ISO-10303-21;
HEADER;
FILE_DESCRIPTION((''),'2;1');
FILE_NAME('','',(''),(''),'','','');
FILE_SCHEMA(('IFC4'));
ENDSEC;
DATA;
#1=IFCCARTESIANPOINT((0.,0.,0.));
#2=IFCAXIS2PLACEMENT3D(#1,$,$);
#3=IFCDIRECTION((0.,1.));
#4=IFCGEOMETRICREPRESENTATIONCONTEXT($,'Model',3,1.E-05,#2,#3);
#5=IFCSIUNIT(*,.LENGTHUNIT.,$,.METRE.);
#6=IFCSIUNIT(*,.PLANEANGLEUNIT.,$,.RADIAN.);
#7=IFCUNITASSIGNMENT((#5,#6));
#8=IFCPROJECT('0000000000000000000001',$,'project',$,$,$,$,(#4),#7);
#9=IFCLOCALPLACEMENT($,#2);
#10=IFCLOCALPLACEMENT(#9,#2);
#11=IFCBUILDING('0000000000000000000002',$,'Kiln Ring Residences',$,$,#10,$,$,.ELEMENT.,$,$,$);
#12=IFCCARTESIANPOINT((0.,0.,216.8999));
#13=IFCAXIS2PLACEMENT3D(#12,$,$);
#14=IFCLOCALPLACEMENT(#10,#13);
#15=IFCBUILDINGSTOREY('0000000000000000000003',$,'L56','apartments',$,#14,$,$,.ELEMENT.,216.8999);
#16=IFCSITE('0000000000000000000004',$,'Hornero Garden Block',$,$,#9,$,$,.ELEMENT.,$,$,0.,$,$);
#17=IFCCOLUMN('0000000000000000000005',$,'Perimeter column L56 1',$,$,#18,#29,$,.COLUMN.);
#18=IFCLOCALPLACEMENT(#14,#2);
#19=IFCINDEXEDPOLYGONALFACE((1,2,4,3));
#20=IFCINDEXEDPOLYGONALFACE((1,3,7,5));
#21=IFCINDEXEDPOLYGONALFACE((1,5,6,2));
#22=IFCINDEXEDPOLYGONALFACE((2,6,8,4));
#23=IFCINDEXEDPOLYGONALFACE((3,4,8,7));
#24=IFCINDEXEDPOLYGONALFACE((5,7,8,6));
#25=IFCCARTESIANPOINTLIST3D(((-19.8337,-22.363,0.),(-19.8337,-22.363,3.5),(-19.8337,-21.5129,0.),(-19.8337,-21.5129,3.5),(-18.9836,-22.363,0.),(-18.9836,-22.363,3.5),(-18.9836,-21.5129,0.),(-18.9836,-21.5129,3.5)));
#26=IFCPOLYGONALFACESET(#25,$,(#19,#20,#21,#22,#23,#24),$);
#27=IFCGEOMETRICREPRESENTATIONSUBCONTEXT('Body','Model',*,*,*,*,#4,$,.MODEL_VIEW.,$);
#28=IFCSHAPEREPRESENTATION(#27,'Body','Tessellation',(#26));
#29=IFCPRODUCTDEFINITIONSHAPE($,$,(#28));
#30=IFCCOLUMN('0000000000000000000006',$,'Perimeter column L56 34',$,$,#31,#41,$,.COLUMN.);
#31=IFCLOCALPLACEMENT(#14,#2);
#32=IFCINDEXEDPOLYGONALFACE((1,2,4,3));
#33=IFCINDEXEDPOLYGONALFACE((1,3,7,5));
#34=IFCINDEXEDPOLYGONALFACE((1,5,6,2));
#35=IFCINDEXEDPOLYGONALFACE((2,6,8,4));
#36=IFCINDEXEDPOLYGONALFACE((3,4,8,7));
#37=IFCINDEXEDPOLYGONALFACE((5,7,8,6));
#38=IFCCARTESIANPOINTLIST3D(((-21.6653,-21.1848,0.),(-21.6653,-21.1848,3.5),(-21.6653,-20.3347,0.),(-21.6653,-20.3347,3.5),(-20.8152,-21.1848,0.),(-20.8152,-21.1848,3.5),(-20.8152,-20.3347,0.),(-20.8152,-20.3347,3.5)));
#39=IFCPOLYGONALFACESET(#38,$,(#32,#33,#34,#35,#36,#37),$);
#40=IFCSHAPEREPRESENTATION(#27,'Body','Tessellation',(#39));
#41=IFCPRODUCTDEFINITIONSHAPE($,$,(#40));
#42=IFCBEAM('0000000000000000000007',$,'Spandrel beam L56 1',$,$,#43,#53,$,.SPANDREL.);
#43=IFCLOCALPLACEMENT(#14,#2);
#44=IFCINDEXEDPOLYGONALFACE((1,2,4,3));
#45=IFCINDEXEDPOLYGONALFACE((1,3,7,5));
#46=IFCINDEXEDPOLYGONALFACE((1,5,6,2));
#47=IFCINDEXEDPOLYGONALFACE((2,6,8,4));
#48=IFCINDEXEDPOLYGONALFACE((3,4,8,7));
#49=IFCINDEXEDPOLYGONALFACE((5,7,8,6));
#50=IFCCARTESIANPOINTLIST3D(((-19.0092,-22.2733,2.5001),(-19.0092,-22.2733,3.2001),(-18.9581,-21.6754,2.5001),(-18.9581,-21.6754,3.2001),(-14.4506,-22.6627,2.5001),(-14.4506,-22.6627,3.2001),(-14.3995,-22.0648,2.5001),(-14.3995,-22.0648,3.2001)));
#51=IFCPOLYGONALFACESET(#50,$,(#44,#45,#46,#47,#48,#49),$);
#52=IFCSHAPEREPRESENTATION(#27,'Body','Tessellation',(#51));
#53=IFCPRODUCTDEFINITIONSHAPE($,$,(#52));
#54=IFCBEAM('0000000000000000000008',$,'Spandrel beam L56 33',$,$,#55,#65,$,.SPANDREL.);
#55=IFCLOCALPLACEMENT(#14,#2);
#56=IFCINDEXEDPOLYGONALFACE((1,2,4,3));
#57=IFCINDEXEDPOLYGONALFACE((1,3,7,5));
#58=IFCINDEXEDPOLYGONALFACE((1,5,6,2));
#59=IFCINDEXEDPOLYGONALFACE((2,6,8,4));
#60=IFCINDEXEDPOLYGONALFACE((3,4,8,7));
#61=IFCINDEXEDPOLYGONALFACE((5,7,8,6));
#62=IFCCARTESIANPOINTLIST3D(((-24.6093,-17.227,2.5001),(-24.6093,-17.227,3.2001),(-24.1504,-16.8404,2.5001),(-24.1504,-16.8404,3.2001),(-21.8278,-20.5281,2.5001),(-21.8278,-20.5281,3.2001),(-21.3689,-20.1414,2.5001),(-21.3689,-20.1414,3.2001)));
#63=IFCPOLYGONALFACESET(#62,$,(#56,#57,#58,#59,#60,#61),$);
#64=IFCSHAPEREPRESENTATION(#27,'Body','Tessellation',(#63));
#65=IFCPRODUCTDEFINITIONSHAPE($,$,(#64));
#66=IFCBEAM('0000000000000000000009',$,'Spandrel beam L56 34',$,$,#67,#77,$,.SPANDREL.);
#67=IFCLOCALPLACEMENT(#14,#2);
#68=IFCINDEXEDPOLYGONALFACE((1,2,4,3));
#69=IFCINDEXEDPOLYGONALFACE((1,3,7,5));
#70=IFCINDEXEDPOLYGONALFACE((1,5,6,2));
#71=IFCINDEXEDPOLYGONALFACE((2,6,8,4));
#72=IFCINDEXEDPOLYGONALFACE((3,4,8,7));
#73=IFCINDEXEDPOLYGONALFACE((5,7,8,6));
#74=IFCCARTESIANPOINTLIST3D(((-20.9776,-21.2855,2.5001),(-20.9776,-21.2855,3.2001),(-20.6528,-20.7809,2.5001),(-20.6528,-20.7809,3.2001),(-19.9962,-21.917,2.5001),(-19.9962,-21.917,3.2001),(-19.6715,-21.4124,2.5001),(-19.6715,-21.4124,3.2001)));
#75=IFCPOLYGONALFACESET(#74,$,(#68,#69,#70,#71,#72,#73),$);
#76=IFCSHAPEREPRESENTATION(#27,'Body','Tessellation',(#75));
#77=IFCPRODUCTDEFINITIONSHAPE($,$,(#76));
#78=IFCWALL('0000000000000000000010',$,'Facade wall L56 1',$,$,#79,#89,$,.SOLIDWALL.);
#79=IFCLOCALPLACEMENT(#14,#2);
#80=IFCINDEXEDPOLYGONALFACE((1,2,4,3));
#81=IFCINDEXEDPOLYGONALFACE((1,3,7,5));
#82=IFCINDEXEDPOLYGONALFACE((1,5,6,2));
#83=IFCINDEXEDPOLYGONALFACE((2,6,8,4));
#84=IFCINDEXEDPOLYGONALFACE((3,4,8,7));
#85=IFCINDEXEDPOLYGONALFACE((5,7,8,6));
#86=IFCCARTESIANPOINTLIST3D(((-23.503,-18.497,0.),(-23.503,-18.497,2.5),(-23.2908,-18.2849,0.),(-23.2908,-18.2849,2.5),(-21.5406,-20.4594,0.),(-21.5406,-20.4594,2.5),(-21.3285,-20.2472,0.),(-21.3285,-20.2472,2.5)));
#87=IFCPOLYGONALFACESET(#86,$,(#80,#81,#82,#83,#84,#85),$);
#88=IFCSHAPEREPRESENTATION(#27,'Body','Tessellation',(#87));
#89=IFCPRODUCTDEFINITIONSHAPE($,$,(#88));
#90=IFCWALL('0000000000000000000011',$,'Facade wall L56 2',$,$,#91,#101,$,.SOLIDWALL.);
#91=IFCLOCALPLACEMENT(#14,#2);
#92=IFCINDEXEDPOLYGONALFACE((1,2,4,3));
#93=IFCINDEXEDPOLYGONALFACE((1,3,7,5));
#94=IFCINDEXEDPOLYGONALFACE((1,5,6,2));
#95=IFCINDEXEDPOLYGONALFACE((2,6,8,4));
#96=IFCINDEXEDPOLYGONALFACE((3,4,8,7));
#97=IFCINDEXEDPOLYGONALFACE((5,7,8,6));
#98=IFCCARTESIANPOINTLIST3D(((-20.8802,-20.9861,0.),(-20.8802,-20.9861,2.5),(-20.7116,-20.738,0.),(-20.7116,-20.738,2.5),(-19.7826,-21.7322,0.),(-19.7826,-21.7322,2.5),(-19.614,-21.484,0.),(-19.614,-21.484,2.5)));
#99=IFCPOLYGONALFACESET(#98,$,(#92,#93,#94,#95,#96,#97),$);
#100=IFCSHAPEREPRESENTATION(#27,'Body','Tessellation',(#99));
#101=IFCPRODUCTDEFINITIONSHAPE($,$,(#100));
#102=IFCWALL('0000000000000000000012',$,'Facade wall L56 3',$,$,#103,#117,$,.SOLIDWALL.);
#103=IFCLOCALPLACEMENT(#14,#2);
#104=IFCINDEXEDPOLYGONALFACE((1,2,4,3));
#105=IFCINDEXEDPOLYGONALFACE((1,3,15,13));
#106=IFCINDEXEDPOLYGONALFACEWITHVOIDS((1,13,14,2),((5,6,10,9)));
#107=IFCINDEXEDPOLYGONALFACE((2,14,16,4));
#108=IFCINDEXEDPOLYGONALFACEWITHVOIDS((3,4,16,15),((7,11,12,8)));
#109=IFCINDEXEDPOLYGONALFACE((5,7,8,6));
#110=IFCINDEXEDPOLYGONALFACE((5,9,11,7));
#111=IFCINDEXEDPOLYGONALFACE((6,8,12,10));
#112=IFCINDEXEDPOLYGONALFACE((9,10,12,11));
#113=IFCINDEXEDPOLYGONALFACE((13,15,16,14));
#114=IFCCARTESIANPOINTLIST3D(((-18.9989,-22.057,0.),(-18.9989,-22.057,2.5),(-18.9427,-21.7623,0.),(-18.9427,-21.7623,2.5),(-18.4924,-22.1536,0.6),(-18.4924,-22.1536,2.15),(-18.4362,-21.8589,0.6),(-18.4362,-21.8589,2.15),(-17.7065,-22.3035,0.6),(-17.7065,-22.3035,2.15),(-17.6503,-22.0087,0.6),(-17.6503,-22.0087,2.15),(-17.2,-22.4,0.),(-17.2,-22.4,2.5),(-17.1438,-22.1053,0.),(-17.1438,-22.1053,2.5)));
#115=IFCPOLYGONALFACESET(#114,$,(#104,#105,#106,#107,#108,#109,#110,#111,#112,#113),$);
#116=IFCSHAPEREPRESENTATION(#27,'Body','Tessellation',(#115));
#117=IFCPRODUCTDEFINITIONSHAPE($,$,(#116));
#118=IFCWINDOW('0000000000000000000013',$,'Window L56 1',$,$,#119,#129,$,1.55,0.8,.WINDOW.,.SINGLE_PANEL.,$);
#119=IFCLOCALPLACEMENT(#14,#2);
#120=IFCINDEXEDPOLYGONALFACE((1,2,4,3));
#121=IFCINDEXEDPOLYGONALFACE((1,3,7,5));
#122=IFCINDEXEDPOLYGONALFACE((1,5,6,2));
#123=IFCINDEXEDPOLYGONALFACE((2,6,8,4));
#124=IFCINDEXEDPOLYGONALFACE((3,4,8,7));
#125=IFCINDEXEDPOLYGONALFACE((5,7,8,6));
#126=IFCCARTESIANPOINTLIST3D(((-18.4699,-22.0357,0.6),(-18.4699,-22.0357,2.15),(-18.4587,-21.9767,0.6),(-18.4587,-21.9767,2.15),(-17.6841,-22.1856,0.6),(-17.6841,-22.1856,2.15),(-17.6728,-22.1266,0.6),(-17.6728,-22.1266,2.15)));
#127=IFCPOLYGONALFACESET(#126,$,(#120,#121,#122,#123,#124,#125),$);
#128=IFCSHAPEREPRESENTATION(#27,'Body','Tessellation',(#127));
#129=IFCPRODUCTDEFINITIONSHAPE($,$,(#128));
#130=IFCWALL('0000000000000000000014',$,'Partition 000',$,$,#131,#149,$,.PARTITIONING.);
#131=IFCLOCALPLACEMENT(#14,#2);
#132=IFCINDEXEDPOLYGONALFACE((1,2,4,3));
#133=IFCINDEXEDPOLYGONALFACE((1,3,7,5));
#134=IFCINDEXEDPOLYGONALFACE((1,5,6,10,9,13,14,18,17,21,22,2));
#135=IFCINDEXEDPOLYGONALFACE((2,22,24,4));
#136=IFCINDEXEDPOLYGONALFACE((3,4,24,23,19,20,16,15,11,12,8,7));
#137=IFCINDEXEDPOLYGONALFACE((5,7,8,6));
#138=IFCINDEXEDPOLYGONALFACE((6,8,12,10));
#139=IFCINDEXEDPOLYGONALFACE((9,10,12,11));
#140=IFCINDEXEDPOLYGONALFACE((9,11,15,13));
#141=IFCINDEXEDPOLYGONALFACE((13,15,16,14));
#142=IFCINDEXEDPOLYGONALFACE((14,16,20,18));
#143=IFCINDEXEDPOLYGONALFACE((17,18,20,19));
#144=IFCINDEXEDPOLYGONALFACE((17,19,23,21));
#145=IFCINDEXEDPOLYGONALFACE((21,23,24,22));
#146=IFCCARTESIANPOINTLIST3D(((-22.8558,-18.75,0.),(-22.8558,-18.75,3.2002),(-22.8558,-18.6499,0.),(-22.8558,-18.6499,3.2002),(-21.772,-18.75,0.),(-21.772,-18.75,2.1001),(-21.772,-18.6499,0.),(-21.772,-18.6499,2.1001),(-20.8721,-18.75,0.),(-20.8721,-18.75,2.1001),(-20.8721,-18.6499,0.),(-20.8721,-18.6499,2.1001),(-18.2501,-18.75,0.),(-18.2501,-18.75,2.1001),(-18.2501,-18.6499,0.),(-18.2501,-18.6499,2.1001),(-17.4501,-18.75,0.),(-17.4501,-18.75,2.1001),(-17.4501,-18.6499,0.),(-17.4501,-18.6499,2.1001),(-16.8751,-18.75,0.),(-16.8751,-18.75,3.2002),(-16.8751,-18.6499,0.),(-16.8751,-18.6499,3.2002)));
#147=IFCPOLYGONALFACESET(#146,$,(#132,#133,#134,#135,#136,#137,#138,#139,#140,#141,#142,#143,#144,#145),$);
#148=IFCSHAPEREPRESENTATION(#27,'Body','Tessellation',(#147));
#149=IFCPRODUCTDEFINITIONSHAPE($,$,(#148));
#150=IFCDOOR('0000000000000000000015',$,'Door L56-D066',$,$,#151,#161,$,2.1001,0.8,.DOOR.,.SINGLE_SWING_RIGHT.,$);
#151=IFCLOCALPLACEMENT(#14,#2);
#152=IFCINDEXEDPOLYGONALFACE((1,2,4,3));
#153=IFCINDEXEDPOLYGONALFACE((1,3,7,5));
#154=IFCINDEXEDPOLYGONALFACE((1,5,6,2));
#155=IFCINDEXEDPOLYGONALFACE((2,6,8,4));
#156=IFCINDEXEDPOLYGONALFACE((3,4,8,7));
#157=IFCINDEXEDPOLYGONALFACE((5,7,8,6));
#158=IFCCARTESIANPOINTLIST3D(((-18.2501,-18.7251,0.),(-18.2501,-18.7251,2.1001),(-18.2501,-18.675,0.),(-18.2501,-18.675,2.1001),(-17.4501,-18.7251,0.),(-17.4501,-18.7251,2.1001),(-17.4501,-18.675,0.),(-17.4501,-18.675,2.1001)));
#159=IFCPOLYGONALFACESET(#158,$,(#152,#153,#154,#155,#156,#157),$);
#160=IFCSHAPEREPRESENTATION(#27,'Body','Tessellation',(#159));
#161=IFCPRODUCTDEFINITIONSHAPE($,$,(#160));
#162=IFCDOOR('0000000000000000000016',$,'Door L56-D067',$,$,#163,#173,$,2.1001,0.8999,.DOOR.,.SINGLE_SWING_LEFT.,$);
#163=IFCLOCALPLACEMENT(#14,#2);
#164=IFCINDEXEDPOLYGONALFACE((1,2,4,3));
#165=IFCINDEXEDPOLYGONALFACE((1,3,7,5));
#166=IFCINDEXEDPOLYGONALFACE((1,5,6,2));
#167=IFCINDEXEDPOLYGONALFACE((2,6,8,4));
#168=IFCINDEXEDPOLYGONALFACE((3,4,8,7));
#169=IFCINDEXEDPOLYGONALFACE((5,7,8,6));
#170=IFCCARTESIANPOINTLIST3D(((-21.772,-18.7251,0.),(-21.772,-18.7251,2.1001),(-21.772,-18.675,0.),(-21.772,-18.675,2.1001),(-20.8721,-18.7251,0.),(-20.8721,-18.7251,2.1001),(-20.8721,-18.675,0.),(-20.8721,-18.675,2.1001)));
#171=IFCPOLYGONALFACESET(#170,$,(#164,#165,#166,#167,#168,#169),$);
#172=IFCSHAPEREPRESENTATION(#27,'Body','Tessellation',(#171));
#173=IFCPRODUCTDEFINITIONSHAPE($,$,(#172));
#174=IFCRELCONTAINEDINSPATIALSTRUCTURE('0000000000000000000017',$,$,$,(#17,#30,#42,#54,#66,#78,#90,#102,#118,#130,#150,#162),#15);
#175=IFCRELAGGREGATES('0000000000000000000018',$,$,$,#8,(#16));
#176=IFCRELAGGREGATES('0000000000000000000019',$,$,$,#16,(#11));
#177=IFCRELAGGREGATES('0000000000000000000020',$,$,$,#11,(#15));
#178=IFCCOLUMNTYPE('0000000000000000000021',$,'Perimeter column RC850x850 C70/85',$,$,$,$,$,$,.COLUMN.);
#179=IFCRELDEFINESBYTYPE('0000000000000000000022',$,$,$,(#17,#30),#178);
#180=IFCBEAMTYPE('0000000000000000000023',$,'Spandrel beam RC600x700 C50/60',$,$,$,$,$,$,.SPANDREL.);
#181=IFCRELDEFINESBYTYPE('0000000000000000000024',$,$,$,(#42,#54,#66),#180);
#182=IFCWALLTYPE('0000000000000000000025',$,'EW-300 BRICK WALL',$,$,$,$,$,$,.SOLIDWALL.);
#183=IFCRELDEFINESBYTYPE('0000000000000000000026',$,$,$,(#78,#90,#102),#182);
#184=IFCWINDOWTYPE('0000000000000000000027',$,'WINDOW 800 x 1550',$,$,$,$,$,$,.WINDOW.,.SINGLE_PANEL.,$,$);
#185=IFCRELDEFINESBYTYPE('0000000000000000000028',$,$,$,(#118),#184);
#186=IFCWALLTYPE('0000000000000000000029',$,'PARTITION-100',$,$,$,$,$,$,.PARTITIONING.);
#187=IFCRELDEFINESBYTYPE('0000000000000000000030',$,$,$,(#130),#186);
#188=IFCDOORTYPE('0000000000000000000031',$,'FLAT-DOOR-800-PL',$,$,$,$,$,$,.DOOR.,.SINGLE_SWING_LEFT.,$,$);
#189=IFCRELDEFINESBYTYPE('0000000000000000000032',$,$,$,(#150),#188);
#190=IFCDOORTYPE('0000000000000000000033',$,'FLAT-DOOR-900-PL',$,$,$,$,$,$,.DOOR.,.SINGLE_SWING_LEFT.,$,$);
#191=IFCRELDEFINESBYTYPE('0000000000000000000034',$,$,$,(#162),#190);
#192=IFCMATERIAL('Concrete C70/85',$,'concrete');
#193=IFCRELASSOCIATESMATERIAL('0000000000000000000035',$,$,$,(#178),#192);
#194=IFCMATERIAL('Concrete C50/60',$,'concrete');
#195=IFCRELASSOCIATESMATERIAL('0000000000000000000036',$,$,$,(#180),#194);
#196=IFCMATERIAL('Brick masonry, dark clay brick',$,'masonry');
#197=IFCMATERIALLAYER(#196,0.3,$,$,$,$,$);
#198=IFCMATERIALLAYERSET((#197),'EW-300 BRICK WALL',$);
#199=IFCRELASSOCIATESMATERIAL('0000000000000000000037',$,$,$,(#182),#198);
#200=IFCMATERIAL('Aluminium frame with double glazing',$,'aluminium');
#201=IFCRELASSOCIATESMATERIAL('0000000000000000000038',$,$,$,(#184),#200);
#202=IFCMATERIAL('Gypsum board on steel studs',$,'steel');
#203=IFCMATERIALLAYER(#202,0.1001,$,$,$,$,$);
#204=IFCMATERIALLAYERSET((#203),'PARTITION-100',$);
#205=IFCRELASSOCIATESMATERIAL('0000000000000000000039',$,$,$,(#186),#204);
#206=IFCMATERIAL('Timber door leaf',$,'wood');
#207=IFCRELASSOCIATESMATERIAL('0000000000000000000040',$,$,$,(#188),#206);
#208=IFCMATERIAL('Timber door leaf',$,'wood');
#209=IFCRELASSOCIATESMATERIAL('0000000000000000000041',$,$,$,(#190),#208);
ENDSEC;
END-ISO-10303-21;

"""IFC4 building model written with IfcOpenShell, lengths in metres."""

from ifc_helpers import new_model, si_unit, direction, frame, frame_2d, origin, origin_2d, place, context, subcontext, project, spatial, rectangle, extrude, material, layer, layer_set, material_profile, profile_set, type_object, element, fill, save


model = new_model("IFC4")

# Units and contexts
model_context = context("Model", 3, precision=1e-05, world=origin(), true_north=direction((0.0, 1.0)))
body_context = subcontext(model_context, "Body", "Model", "MODEL_VIEW")
ifc_project = project(units=[si_unit("LENGTHUNIT", "METRE"), si_unit("PLANEANGLEUNIT", "RADIAN")], contexts=[model_context])

# Site, building, storey
site_placement = place(None, origin())
site = spatial("IfcSite", under=ifc_project, at=site_placement, Name="Hornero Garden Block", CompositionType="ELEMENT", RefElevation=0.0)
building_placement = place(site_placement, origin())
building = spatial("IfcBuilding", under=site, at=building_placement, Name="Kiln Ring Residences", CompositionType="ELEMENT")
storey_placement = place(building_placement, frame((0.0, 0.0, 216.8999)))
storey = spatial("IfcBuildingStorey", under=building, at=storey_placement, Name="L56", Description="apartments", CompositionType="ELEMENT", Elevation=216.8999)

# Columns
ifc_material_1 = material(Name="Concrete C70/85", Category="concrete")
ifc_material_profile_1 = material_profile(ifc_material_1, rectangle(XDim=0.8501, YDim=0.8501, at=origin_2d()), Name="RC850x850")
ifc_profile_set_1 = profile_set([ifc_material_profile_1], Name="Concrete C70/85")
column_type = type_object("IfcColumnType", Name="Perimeter column RC850x850 C70/85", PredefinedType="COLUMN", material=ifc_profile_set_1)
for number, where, z_axis, x_axis, name in (
    (1, (-19.4087, -21.938, 0.0), (0.0, 0.0, 1.0), (1.0, 0.0, 0.0), "Perimeter column L56 1"),
    (2, (-21.2402, -20.7598, 0.0), (0.0, 0.0, 1.0), (1.0, 0.0, 0.0), "Perimeter column L56 34"),
):
    element("IfcColumn", number, at=place(storey_placement, frame(where, z_axis=z_axis, x_axis=x_axis)), inside=storey, type_object=column_type, Name=name, PredefinedType="COLUMN", context=body_context, shape_type="SweptSolid", body=[
        extrude(rectangle(XDim=0.8501, YDim=0.8501, at=origin_2d()), origin(), (0.0, 0.0, 1.0), 3.5),
    ])

# Beams
ifc_material_2 = material(Name="Concrete C50/60", Category="concrete")
ifc_material_profile_2 = material_profile(ifc_material_2, rectangle(XDim=0.6001, YDim=0.7, at=origin_2d()), Name="RC600x700")
ifc_profile_set_2 = profile_set([ifc_material_profile_2], Name="Concrete C50/60")
beam_type = type_object("IfcBeamType", Name="Spandrel beam RC600x700 C50/60", PredefinedType="SPANDREL", material=ifc_profile_set_2)
beam_1_placement = place(storey_placement, frame((-18.9836, -21.9744, 2.8501), z_axis=(0.996371, -0.085112, 0.0), x_axis=(0.085112, 0.996371, 0.0)))
element("IfcBeam", 3, at=beam_1_placement, inside=storey, type_object=beam_type, Name="Spandrel beam L56 1", PredefinedType="SPANDREL", context=body_context, shape_type="SweptSolid", body=[
    extrude(rectangle(XDim=0.6001, YDim=0.7, at=origin_2d()), origin(), (0.0, 0.0, 1.0), 4.5752),
])
beam_2_placement = place(storey_placement, frame((-24.3799, -17.0337, 2.8501), z_axis=(0.644364, -0.764719, 0.0), x_axis=(0.764719, 0.644364, 0.0)))
element("IfcBeam", 4, at=beam_2_placement, inside=storey, type_object=beam_type, Name="Spandrel beam L56 33", PredefinedType="SPANDREL", context=body_context, shape_type="SweptSolid", body=[
    extrude(rectangle(XDim=0.6001, YDim=0.7, at=origin_2d()), origin(), (0.0, 0.0, 1.0), 4.3167),
])
beam_3_placement = place(storey_placement, frame((-20.8152, -21.0332, 2.8501), z_axis=(0.84092, -0.541159, 0.0), x_axis=(0.541159, 0.84092, 0.0)))
element("IfcBeam", 5, at=beam_3_placement, inside=storey, type_object=beam_type, Name="Spandrel beam L56 34", PredefinedType="SPANDREL", context=body_context, shape_type="SweptSolid", body=[
    extrude(rectangle(XDim=0.6001, YDim=0.7, at=origin_2d()), origin(), (0.0, 0.0, 1.0), 1.167),
])

# Walls
ifc_material_3 = material(Name="Brick masonry, dark clay brick", Category="masonry")
ifc_layer_1 = layer(ifc_material_3, 0.3)
ifc_layer_set_1 = layer_set([ifc_layer_1], Name="EW-300 BRICK WALL")
wall_type_1 = type_object("IfcWallType", Name="EW-300 BRICK WALL", PredefinedType="SOLIDWALL", material=ifc_layer_set_1)
wall_1_placement = place(storey_placement, frame((-23.397, -18.3909, 0.0), z_axis=(0.0, 0.0, 1.0), x_axis=(0.707107, -0.707107, 0.0)))
element("IfcWall", 6, at=wall_1_placement, inside=storey, type_object=wall_type_1, Name="Facade wall L56 1", PredefinedType="SOLIDWALL", context=body_context, shape_type="SweptSolid", body=[
    extrude(rectangle(XDim=2.7751, YDim=0.3, at=frame_2d((1.3877, 0.0))), origin(), (0.0, 0.0, 1.0), 2.5),
])
wall_2_placement = place(storey_placement, frame((-20.7959, -20.8621, 0.0), z_axis=(0.0, 0.0, 1.0), x_axis=(0.827036, -0.562149, 0.0)))
element("IfcWall", 7, at=wall_2_placement, inside=storey, type_object=wall_type_1, Name="Facade wall L56 2", PredefinedType="SOLIDWALL", context=body_context, shape_type="SweptSolid", body=[
    extrude(rectangle(XDim=1.3271, YDim=0.3, at=frame_2d((0.6636, 0.0))), origin(), (0.0, 0.0, 1.0), 2.5),
])

# Wall, opening, window
wall_3_placement = place(storey_placement, frame((-18.9707, -21.9097, 0.0), z_axis=(0.0, 0.0, 1.0), x_axis=(0.9823, -0.187314, 0.0)))
wall_3 = element("IfcWall", 8, at=wall_3_placement, inside=storey, type_object=wall_type_1, Name="Facade wall L56 3", PredefinedType="SOLIDWALL", context=body_context, shape_type="SweptSolid", body=[
    extrude(rectangle(XDim=1.8313, YDim=0.3, at=frame_2d((0.9155, 0.0))), origin(), (0.0, 0.0, 1.0), 2.5),
])
opening_1_placement = place(wall_3_placement, frame((0.5156, 0.0, 0.6001)))
opening_1 = element("IfcOpeningElement", 9, at=opening_1_placement, cuts=wall_3, PredefinedType="OPENING", context=body_context, shape_type="SweptSolid", body=[
    extrude(rectangle(XDim=0.8, YDim=1.55, at=frame_2d((0.3999, 0.7749))), frame((0.0, 0.1599, 0.0), z_axis=(0.0, -1.0, 0.0), x_axis=(1.0, 0.0, 0.0)), (0.0, 0.0, 1.0), 0.3201),
])
ifc_material_4 = material(Name="Aluminium frame with double glazing", Category="aluminium")
window_type = type_object("IfcWindowType", Name="WINDOW 800 x 1550", PartitioningType="SINGLE_PANEL", PredefinedType="WINDOW", material=ifc_material_4)
window_placement = place(opening_1_placement, origin())
window = element("IfcWindow", 10, at=window_placement, inside=storey, type_object=window_type, Name="Window L56 1", OverallHeight=1.55, OverallWidth=0.8, PartitioningType="SINGLE_PANEL", PredefinedType="WINDOW", context=body_context, shape_type="SweptSolid", body=[
    extrude(rectangle(XDim=0.8, YDim=1.55, at=frame_2d((0.3999, 0.7749))), frame((0.0, 0.03, 0.0), z_axis=(0.0, -1.0, 0.0), x_axis=(1.0, 0.0, 0.0)), (0.0, 0.0, 1.0), 0.0601),
])
fill(opening_1, window)

# Wall, openings, doors
ifc_material_5 = material(Name="Gypsum board on steel studs", Category="steel")
ifc_layer_2 = layer(ifc_material_5, 0.1001)
ifc_layer_set_2 = layer_set([ifc_layer_2], Name="PARTITION-100")
wall_type_2 = type_object("IfcWallType", Name="PARTITION-100", PredefinedType="PARTITIONING", material=ifc_layer_set_2)
wall_4_placement = place(storey_placement, frame((-22.8557, -18.7, 0.0), z_axis=(0.0, 0.0, 1.0), x_axis=(1.0, 0.0, 0.0)))
wall_4 = element("IfcWall", 11, at=wall_4_placement, inside=storey, type_object=wall_type_2, Name="Partition 000", PredefinedType="PARTITIONING", context=body_context, shape_type="SweptSolid", body=[
    extrude(rectangle(XDim=5.9807, YDim=0.1001, at=frame_2d((2.9902, 0.0))), origin(), (0.0, 0.0, 1.0), 3.2002),
])
opening_2_placement = place(wall_4_placement, frame((4.6057, 0.0, 0.0)))
opening_2 = element("IfcOpeningElement", 12, at=opening_2_placement, cuts=wall_4, PredefinedType="OPENING", context=body_context, shape_type="SweptSolid", body=[
    extrude(rectangle(XDim=0.8, YDim=2.1001, at=frame_2d((0.3999, 1.05))), frame((0.0, 0.0601, 0.0), z_axis=(0.0, -1.0, 0.0), x_axis=(1.0, 0.0, 0.0)), (0.0, 0.0, 1.0), 0.1201),
])
opening_3_placement = place(wall_4_placement, frame((1.0837, 0.0, 0.0)))
opening_3 = element("IfcOpeningElement", 13, at=opening_3_placement, cuts=wall_4, PredefinedType="OPENING", context=body_context, shape_type="SweptSolid", body=[
    extrude(rectangle(XDim=0.8999, YDim=2.1001, at=frame_2d((0.45, 1.05))), frame((0.0, 0.0601, 0.0), z_axis=(0.0, -1.0, 0.0), x_axis=(1.0, 0.0, 0.0)), (0.0, 0.0, 1.0), 0.1201),
])
ifc_material_6 = material(Name="Timber door leaf", Category="wood")
door_type_1 = type_object("IfcDoorType", Name="FLAT-DOOR-800-PL", OperationType="SINGLE_SWING_LEFT", PredefinedType="DOOR", material=ifc_material_6)
door_1_placement = place(opening_2_placement, origin())
door_1 = element("IfcDoor", 14, at=door_1_placement, inside=storey, type_object=door_type_1, Name="Door L56-D066", OperationType="SINGLE_SWING_RIGHT", OverallHeight=2.1001, OverallWidth=0.8, PredefinedType="DOOR", context=body_context, shape_type="SweptSolid", body=[
    extrude(rectangle(XDim=0.8, YDim=2.1001, at=frame_2d((0.3999, 1.05))), frame((0.0, 0.0249, 0.0), z_axis=(0.0, -1.0, 0.0), x_axis=(1.0, 0.0, 0.0)), (0.0, 0.0, 1.0), 0.05),
])
fill(opening_2, door_1)
ifc_material_7 = material(Name="Timber door leaf", Category="wood")
door_type_2 = type_object("IfcDoorType", Name="FLAT-DOOR-900-PL", OperationType="SINGLE_SWING_LEFT", PredefinedType="DOOR", material=ifc_material_7)
door_2_placement = place(opening_3_placement, origin())
door_2 = element("IfcDoor", 15, at=door_2_placement, inside=storey, type_object=door_type_2, Name="Door L56-D067", OperationType="SINGLE_SWING_LEFT", OverallHeight=2.1001, OverallWidth=0.8999, PredefinedType="DOOR", context=body_context, shape_type="SweptSolid", body=[
    extrude(rectangle(XDim=0.8999, YDim=2.1001, at=frame_2d((0.45, 1.05))), frame((0.0, 0.0249, 0.0), z_axis=(0.0, -1.0, 0.0), x_axis=(1.0, 0.0, 0.0)), (0.0, 0.0, 1.0), 0.05),
])
fill(opening_3, door_2)

save(model, "model.ifc")
